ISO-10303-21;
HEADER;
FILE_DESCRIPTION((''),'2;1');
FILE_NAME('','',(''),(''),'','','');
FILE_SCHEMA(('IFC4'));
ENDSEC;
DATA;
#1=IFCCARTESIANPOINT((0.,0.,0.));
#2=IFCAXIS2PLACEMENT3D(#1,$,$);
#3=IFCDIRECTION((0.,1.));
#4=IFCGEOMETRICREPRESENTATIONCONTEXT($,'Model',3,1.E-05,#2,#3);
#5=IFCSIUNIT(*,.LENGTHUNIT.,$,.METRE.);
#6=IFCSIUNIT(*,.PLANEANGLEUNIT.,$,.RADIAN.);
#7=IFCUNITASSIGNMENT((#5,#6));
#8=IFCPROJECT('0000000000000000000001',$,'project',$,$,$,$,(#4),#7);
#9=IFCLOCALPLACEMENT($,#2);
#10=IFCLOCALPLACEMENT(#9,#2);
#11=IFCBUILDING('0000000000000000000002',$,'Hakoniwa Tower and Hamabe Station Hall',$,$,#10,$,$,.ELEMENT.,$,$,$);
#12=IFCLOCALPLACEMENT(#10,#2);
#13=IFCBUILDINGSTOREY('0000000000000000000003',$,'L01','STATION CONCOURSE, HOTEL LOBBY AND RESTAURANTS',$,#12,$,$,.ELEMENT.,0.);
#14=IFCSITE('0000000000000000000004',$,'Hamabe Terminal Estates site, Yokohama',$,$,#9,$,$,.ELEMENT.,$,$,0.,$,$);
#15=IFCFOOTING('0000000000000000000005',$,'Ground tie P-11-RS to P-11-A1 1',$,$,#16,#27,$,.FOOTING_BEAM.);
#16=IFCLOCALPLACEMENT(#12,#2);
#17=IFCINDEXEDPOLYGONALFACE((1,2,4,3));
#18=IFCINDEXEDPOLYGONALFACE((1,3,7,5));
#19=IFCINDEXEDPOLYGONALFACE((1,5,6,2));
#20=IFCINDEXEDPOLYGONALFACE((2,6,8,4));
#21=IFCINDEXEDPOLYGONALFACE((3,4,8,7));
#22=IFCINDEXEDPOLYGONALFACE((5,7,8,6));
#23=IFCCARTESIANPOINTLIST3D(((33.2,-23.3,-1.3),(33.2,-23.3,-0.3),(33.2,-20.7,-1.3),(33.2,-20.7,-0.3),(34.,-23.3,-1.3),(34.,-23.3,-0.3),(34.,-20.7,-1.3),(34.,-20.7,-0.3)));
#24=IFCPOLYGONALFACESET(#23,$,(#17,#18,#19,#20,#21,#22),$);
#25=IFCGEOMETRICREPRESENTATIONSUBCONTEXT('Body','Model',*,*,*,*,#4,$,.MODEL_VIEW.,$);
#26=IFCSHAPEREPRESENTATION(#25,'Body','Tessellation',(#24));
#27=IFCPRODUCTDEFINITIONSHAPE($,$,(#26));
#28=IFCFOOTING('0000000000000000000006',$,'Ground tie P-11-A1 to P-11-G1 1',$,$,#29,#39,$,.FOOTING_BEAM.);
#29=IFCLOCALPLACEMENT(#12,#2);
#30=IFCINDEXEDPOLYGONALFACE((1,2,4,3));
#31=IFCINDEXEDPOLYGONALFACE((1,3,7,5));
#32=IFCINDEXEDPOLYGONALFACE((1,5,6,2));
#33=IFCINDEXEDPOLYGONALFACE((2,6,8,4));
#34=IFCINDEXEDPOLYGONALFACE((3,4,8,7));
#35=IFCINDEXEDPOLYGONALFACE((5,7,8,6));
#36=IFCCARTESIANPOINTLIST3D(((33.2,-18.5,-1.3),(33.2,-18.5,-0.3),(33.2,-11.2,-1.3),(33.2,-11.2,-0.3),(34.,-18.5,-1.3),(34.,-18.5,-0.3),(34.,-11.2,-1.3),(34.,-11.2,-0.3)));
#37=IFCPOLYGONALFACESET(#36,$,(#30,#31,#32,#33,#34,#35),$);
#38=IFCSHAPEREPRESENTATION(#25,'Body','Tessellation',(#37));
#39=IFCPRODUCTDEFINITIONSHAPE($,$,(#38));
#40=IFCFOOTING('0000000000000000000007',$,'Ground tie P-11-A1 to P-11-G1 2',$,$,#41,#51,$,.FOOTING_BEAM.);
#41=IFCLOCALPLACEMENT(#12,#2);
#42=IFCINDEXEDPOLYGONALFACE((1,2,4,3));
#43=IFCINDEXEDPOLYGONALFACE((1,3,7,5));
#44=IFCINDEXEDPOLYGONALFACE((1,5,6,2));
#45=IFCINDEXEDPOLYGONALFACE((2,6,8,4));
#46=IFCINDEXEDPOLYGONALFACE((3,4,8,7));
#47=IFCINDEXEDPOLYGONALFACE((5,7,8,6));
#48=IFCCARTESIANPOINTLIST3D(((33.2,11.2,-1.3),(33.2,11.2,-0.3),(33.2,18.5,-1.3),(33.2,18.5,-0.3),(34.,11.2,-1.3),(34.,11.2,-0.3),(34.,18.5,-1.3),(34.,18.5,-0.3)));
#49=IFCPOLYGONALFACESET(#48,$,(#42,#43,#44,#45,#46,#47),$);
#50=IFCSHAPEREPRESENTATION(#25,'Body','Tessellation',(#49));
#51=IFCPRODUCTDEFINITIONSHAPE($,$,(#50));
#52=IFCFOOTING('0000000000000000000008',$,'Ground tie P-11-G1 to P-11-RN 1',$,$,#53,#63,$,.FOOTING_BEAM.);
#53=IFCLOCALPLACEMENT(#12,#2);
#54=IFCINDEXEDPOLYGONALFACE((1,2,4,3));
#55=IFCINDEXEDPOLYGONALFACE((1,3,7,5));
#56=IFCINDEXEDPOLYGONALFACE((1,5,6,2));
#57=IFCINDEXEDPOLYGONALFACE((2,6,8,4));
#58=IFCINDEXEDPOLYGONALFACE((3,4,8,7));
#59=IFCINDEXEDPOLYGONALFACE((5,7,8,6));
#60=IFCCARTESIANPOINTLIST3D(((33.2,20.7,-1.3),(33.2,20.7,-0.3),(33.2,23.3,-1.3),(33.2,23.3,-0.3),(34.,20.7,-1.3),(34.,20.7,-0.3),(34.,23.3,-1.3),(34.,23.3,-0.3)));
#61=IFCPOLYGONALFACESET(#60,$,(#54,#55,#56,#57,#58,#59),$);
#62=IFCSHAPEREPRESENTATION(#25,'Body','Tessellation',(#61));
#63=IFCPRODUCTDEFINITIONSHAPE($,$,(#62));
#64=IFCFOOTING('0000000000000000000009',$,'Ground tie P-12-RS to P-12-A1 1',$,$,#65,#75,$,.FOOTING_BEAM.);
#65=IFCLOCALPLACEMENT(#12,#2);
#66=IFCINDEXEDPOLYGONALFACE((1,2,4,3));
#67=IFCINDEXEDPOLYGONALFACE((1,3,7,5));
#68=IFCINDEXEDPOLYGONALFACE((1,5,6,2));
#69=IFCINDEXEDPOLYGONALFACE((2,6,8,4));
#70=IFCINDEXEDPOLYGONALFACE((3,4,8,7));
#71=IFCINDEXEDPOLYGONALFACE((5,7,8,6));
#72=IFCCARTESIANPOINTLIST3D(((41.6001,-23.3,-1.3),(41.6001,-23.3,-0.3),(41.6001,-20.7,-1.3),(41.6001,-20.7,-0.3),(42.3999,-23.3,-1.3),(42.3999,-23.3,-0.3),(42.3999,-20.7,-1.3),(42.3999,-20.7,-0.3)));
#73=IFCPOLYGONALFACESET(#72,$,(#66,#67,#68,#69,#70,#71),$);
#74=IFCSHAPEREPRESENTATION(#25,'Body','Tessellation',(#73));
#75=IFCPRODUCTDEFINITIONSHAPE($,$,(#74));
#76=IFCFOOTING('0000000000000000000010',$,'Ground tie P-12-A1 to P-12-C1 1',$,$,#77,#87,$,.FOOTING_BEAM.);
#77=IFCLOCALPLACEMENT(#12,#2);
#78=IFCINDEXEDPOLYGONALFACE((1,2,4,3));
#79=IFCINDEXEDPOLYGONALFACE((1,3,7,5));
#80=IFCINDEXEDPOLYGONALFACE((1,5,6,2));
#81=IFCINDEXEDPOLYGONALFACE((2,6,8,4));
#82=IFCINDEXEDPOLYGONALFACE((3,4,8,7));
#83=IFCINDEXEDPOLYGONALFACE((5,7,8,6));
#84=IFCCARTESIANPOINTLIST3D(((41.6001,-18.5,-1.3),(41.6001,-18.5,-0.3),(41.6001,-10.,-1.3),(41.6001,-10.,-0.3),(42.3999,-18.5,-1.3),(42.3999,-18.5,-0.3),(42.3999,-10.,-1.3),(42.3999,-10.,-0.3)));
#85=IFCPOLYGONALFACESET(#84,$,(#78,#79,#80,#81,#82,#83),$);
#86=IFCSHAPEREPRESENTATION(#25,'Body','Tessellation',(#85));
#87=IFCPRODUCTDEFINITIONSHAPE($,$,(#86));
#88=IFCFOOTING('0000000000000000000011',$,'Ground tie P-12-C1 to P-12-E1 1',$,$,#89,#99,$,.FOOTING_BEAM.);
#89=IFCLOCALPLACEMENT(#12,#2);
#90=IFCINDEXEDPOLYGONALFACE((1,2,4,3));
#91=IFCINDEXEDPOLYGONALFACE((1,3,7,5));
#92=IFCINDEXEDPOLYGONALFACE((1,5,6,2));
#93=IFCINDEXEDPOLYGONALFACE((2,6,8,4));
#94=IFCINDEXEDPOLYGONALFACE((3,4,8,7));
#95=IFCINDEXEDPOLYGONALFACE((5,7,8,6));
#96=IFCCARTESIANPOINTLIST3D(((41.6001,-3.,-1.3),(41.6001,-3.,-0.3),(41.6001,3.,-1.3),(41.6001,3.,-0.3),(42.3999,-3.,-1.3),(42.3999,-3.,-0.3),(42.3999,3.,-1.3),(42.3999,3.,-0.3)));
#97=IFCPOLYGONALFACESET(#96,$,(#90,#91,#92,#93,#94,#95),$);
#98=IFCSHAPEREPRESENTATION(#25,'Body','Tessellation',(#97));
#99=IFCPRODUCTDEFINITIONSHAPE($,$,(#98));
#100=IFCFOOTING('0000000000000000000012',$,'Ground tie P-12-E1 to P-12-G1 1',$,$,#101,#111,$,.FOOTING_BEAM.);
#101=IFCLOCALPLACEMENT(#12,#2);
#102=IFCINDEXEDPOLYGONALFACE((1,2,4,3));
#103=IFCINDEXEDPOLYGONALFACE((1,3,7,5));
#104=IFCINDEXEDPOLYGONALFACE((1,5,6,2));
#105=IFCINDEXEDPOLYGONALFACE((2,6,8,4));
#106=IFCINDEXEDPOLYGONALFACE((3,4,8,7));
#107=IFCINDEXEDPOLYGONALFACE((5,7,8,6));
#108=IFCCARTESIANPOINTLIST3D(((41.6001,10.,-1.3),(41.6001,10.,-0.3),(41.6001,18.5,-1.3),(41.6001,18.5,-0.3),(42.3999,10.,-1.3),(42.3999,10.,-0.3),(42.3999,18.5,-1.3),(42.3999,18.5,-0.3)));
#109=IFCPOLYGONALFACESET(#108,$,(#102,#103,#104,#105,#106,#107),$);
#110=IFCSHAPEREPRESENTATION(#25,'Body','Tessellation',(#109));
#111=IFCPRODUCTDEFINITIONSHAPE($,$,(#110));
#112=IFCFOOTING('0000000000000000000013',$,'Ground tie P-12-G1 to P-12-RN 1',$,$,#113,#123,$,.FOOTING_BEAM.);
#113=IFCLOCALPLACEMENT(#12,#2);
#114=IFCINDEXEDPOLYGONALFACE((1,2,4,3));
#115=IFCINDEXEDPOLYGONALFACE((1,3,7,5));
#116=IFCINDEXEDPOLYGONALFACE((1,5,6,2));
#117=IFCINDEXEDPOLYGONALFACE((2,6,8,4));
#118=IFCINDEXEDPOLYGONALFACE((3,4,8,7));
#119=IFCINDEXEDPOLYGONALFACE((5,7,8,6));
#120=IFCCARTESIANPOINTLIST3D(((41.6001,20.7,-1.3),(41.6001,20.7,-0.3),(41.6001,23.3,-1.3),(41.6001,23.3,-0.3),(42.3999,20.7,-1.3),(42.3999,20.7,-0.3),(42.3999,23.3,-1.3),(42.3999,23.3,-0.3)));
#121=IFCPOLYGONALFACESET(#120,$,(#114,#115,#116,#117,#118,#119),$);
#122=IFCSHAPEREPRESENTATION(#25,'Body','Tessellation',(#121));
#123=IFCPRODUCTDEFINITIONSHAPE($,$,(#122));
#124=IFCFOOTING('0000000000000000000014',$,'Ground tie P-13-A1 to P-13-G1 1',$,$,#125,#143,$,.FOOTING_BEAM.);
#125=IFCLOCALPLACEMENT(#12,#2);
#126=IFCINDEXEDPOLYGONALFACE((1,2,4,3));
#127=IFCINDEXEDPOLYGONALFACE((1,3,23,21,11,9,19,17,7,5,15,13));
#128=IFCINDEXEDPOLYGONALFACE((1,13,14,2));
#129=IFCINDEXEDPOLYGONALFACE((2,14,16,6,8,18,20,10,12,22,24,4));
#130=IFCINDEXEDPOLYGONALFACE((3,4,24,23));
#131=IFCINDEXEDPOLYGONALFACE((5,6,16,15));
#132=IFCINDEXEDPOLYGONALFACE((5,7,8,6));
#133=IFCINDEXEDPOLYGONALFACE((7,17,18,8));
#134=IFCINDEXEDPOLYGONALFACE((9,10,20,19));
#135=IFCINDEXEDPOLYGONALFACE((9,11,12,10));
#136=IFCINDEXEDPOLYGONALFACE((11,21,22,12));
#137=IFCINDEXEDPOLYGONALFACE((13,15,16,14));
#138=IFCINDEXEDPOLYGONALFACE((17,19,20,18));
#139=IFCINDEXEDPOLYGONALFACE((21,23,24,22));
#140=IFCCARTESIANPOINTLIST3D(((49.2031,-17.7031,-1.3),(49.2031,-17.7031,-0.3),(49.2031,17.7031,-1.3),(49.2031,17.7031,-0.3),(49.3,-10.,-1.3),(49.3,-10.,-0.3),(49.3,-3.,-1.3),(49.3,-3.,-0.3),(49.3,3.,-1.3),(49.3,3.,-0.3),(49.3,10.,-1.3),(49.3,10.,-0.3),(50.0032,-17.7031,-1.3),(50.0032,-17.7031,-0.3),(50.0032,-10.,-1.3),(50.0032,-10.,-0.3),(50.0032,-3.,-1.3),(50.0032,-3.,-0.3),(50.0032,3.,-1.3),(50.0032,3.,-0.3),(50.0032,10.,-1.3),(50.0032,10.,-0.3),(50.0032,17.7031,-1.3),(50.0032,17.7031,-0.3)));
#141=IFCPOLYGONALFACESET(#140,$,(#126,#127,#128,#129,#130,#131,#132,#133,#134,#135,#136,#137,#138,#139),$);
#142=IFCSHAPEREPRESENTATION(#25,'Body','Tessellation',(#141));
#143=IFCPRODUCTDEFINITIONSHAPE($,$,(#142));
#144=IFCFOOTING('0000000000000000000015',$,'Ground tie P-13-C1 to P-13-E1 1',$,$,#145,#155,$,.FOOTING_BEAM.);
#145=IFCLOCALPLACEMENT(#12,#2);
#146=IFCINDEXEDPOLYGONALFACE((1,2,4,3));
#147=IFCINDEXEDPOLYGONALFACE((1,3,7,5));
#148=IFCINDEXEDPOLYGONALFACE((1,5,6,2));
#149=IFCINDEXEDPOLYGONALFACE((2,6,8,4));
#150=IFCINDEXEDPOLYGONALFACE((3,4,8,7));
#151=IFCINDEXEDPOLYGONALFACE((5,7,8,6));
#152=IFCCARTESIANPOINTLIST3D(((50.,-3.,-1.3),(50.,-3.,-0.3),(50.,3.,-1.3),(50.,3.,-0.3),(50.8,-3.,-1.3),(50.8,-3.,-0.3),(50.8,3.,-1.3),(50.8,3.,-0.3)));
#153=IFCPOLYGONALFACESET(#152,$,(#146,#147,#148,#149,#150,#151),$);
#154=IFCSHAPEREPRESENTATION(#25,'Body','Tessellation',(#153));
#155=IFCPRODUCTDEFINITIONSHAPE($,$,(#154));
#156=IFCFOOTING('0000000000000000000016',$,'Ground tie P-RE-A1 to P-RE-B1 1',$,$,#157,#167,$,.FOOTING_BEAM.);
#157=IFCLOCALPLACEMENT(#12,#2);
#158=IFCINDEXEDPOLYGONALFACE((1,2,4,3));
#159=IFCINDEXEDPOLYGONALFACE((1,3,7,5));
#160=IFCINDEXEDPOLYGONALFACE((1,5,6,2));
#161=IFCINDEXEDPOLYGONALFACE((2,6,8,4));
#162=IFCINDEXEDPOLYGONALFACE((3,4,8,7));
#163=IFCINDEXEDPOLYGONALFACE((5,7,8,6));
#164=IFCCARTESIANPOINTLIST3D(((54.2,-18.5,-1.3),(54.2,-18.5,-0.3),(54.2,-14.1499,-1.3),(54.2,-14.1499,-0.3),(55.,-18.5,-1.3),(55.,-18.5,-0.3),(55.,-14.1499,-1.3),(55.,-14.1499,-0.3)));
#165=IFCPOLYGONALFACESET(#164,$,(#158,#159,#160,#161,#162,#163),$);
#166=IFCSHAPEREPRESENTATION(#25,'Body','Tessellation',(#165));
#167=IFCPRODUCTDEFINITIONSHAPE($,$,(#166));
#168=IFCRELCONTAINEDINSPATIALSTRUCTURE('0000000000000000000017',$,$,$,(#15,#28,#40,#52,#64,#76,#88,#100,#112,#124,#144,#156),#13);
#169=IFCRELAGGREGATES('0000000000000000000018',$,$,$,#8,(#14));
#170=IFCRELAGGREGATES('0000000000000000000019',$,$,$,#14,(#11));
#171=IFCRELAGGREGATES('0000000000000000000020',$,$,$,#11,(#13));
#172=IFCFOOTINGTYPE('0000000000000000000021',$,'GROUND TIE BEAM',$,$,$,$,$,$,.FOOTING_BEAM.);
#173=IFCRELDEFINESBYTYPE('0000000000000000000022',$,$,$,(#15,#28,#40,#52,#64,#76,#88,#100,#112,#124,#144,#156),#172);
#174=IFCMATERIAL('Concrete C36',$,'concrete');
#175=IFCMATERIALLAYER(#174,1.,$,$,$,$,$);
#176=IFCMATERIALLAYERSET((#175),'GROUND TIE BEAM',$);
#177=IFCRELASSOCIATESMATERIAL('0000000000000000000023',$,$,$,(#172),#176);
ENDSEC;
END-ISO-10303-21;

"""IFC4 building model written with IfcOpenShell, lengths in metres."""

from ifc_helpers import new_model, si_unit, direction, frame, origin, place, context, subcontext, project, spatial, polyline, outline, extrude, material, layer, layer_set, type_object, element, save


model = new_model("IFC4")

# Units and contexts
model_context = context("Model", 3, precision=1e-05, world=origin(), true_north=direction((0.0, 1.0)))
body_context = subcontext(model_context, "Body", "Model", "MODEL_VIEW")
ifc_project = project(units=[si_unit("LENGTHUNIT", "METRE"), si_unit("PLANEANGLEUNIT", "RADIAN")], contexts=[model_context])

# Site, building, storey
site_placement = place(None, origin())
site = spatial("IfcSite", under=ifc_project, at=site_placement, Name="Hamabe Terminal Estates site, Yokohama", CompositionType="ELEMENT", RefElevation=0.0)
building_placement = place(site_placement, origin())
building = spatial("IfcBuilding", under=site, at=building_placement, Name="Hakoniwa Tower and Hamabe Station Hall", CompositionType="ELEMENT")
storey_placement = place(building_placement, origin())
storey = spatial("IfcBuildingStorey", under=building, at=storey_placement, Name="L01", Description="STATION CONCOURSE, HOTEL LOBBY AND RESTAURANTS", CompositionType="ELEMENT", Elevation=0.0)

# Footings
ifc_material = material(Name="Concrete C36", Category="concrete")
ifc_layer = layer(ifc_material, 1.0)
ifc_layer_set = layer_set([ifc_layer], Name="GROUND TIE BEAM")
footing_type = type_object("IfcFootingType", Name="GROUND TIE BEAM", PredefinedType="FOOTING_BEAM", material=ifc_layer_set)
footing_1_placement = place(storey_placement, frame((0.0, 0.0, -1.3)))
element("IfcFooting", 1, at=footing_1_placement, inside=storey, type_object=footing_type, Name="Ground tie P-11-RS to P-11-A1 1", PredefinedType="FOOTING_BEAM", context=body_context, shape_type="SweptSolid", body=[
    extrude(outline(polyline([(33.2, -20.7), (33.2, -23.3), (34.0, -23.3), (34.0, -20.7), (33.2, -20.7)])), origin(), (0.0, 0.0, 1.0), 1.0),
])
footing_2_placement = place(storey_placement, frame((0.0, 0.0, -1.3)))
element("IfcFooting", 2, at=footing_2_placement, inside=storey, type_object=footing_type, Name="Ground tie P-11-A1 to P-11-G1 1", PredefinedType="FOOTING_BEAM", context=body_context, shape_type="SweptSolid", body=[
    extrude(outline(polyline([(33.2, -11.2), (33.2, -18.5), (34.0, -18.5), (34.0, -11.2), (33.2, -11.2)])), origin(), (0.0, 0.0, 1.0), 1.0),
])
footing_3_placement = place(storey_placement, frame((0.0, 0.0, -1.3)))
element("IfcFooting", 3, at=footing_3_placement, inside=storey, type_object=footing_type, Name="Ground tie P-11-A1 to P-11-G1 2", PredefinedType="FOOTING_BEAM", context=body_context, shape_type="SweptSolid", body=[
    extrude(outline(polyline([(33.2, 18.5), (33.2, 11.2), (34.0, 11.2), (34.0, 18.5), (33.2, 18.5)])), origin(), (0.0, 0.0, 1.0), 1.0),
])
footing_4_placement = place(storey_placement, frame((0.0, 0.0, -1.3)))
element("IfcFooting", 4, at=footing_4_placement, inside=storey, type_object=footing_type, Name="Ground tie P-11-G1 to P-11-RN 1", PredefinedType="FOOTING_BEAM", context=body_context, shape_type="SweptSolid", body=[
    extrude(outline(polyline([(33.2, 23.3), (33.2, 20.7), (34.0, 20.7), (34.0, 23.3), (33.2, 23.3)])), origin(), (0.0, 0.0, 1.0), 1.0),
])
footing_5_placement = place(storey_placement, frame((0.0, 0.0, -1.3)))
element("IfcFooting", 5, at=footing_5_placement, inside=storey, type_object=footing_type, Name="Ground tie P-12-RS to P-12-A1 1", PredefinedType="FOOTING_BEAM", context=body_context, shape_type="SweptSolid", body=[
    extrude(outline(polyline([(41.6001, -20.7), (41.6001, -23.3), (42.3999, -23.3), (42.3999, -20.7), (41.6001, -20.7)])), origin(), (0.0, 0.0, 1.0), 1.0),
])
footing_6_placement = place(storey_placement, frame((0.0, 0.0, -1.3)))
element("IfcFooting", 6, at=footing_6_placement, inside=storey, type_object=footing_type, Name="Ground tie P-12-A1 to P-12-C1 1", PredefinedType="FOOTING_BEAM", context=body_context, shape_type="SweptSolid", body=[
    extrude(outline(polyline([(41.6001, -10.0), (41.6001, -18.5), (42.3999, -18.5), (42.3999, -10.0), (41.6001, -10.0)])), origin(), (0.0, 0.0, 1.0), 1.0),
])
footing_7_placement = place(storey_placement, frame((0.0, 0.0, -1.3)))
element("IfcFooting", 7, at=footing_7_placement, inside=storey, type_object=footing_type, Name="Ground tie P-12-C1 to P-12-E1 1", PredefinedType="FOOTING_BEAM", context=body_context, shape_type="SweptSolid", body=[
    extrude(outline(polyline([(41.6001, 3.0), (41.6001, -3.0), (42.3999, -3.0), (42.3999, 3.0), (41.6001, 3.0)])), origin(), (0.0, 0.0, 1.0), 1.0),
])
footing_8_placement = place(storey_placement, frame((0.0, 0.0, -1.3)))
element("IfcFooting", 8, at=footing_8_placement, inside=storey, type_object=footing_type, Name="Ground tie P-12-E1 to P-12-G1 1", PredefinedType="FOOTING_BEAM", context=body_context, shape_type="SweptSolid", body=[
    extrude(outline(polyline([(41.6001, 18.5), (41.6001, 10.0), (42.3999, 10.0), (42.3999, 18.5), (41.6001, 18.5)])), origin(), (0.0, 0.0, 1.0), 1.0),
])
footing_9_placement = place(storey_placement, frame((0.0, 0.0, -1.3)))
element("IfcFooting", 9, at=footing_9_placement, inside=storey, type_object=footing_type, Name="Ground tie P-12-G1 to P-12-RN 1", PredefinedType="FOOTING_BEAM", context=body_context, shape_type="SweptSolid", body=[
    extrude(outline(polyline([(41.6001, 23.3), (41.6001, 20.7), (42.3999, 20.7), (42.3999, 23.3), (41.6001, 23.3)])), origin(), (0.0, 0.0, 1.0), 1.0),
])
footing_10_placement = place(storey_placement, frame((0.0, 0.0, -1.3)))
element("IfcFooting", 10, at=footing_10_placement, inside=storey, type_object=footing_type, Name="Ground tie P-13-A1 to P-13-G1 1", PredefinedType="FOOTING_BEAM", context=body_context, shape_type="SweptSolid", body=[
    extrude(outline(polyline([(49.3, -10.0), (49.3, -3.0), (50.0032, -3.0), (50.0032, 3.0), (49.3, 3.0), (49.3, 10.0), (50.0032, 10.0), (50.0032, 17.7031), (49.2031, 17.7031), (49.2031, -17.7031), (50.0032, -17.7031), (50.0032, -10.0), (49.3, -10.0)])), origin(), (0.0, 0.0, 1.0), 1.0),
])
footing_11_placement = place(storey_placement, frame((0.0, 0.0, -1.3)))
element("IfcFooting", 11, at=footing_11_placement, inside=storey, type_object=footing_type, Name="Ground tie P-13-C1 to P-13-E1 1", PredefinedType="FOOTING_BEAM", context=body_context, shape_type="SweptSolid", body=[
    extrude(outline(polyline([(50.0, 3.0), (50.0, -3.0), (50.8, -3.0), (50.8, 3.0), (50.0, 3.0)])), origin(), (0.0, 0.0, 1.0), 1.0),
])
footing_12_placement = place(storey_placement, frame((0.0, 0.0, -1.3)))
element("IfcFooting", 12, at=footing_12_placement, inside=storey, type_object=footing_type, Name="Ground tie P-RE-A1 to P-RE-B1 1", PredefinedType="FOOTING_BEAM", context=body_context, shape_type="SweptSolid", body=[
    extrude(outline(polyline([(54.2, -14.1499), (54.2, -18.5), (55.0, -18.5), (55.0, -14.1499), (54.2, -14.1499)])), origin(), (0.0, 0.0, 1.0), 1.0),
])

save(model, "model.ifc")
